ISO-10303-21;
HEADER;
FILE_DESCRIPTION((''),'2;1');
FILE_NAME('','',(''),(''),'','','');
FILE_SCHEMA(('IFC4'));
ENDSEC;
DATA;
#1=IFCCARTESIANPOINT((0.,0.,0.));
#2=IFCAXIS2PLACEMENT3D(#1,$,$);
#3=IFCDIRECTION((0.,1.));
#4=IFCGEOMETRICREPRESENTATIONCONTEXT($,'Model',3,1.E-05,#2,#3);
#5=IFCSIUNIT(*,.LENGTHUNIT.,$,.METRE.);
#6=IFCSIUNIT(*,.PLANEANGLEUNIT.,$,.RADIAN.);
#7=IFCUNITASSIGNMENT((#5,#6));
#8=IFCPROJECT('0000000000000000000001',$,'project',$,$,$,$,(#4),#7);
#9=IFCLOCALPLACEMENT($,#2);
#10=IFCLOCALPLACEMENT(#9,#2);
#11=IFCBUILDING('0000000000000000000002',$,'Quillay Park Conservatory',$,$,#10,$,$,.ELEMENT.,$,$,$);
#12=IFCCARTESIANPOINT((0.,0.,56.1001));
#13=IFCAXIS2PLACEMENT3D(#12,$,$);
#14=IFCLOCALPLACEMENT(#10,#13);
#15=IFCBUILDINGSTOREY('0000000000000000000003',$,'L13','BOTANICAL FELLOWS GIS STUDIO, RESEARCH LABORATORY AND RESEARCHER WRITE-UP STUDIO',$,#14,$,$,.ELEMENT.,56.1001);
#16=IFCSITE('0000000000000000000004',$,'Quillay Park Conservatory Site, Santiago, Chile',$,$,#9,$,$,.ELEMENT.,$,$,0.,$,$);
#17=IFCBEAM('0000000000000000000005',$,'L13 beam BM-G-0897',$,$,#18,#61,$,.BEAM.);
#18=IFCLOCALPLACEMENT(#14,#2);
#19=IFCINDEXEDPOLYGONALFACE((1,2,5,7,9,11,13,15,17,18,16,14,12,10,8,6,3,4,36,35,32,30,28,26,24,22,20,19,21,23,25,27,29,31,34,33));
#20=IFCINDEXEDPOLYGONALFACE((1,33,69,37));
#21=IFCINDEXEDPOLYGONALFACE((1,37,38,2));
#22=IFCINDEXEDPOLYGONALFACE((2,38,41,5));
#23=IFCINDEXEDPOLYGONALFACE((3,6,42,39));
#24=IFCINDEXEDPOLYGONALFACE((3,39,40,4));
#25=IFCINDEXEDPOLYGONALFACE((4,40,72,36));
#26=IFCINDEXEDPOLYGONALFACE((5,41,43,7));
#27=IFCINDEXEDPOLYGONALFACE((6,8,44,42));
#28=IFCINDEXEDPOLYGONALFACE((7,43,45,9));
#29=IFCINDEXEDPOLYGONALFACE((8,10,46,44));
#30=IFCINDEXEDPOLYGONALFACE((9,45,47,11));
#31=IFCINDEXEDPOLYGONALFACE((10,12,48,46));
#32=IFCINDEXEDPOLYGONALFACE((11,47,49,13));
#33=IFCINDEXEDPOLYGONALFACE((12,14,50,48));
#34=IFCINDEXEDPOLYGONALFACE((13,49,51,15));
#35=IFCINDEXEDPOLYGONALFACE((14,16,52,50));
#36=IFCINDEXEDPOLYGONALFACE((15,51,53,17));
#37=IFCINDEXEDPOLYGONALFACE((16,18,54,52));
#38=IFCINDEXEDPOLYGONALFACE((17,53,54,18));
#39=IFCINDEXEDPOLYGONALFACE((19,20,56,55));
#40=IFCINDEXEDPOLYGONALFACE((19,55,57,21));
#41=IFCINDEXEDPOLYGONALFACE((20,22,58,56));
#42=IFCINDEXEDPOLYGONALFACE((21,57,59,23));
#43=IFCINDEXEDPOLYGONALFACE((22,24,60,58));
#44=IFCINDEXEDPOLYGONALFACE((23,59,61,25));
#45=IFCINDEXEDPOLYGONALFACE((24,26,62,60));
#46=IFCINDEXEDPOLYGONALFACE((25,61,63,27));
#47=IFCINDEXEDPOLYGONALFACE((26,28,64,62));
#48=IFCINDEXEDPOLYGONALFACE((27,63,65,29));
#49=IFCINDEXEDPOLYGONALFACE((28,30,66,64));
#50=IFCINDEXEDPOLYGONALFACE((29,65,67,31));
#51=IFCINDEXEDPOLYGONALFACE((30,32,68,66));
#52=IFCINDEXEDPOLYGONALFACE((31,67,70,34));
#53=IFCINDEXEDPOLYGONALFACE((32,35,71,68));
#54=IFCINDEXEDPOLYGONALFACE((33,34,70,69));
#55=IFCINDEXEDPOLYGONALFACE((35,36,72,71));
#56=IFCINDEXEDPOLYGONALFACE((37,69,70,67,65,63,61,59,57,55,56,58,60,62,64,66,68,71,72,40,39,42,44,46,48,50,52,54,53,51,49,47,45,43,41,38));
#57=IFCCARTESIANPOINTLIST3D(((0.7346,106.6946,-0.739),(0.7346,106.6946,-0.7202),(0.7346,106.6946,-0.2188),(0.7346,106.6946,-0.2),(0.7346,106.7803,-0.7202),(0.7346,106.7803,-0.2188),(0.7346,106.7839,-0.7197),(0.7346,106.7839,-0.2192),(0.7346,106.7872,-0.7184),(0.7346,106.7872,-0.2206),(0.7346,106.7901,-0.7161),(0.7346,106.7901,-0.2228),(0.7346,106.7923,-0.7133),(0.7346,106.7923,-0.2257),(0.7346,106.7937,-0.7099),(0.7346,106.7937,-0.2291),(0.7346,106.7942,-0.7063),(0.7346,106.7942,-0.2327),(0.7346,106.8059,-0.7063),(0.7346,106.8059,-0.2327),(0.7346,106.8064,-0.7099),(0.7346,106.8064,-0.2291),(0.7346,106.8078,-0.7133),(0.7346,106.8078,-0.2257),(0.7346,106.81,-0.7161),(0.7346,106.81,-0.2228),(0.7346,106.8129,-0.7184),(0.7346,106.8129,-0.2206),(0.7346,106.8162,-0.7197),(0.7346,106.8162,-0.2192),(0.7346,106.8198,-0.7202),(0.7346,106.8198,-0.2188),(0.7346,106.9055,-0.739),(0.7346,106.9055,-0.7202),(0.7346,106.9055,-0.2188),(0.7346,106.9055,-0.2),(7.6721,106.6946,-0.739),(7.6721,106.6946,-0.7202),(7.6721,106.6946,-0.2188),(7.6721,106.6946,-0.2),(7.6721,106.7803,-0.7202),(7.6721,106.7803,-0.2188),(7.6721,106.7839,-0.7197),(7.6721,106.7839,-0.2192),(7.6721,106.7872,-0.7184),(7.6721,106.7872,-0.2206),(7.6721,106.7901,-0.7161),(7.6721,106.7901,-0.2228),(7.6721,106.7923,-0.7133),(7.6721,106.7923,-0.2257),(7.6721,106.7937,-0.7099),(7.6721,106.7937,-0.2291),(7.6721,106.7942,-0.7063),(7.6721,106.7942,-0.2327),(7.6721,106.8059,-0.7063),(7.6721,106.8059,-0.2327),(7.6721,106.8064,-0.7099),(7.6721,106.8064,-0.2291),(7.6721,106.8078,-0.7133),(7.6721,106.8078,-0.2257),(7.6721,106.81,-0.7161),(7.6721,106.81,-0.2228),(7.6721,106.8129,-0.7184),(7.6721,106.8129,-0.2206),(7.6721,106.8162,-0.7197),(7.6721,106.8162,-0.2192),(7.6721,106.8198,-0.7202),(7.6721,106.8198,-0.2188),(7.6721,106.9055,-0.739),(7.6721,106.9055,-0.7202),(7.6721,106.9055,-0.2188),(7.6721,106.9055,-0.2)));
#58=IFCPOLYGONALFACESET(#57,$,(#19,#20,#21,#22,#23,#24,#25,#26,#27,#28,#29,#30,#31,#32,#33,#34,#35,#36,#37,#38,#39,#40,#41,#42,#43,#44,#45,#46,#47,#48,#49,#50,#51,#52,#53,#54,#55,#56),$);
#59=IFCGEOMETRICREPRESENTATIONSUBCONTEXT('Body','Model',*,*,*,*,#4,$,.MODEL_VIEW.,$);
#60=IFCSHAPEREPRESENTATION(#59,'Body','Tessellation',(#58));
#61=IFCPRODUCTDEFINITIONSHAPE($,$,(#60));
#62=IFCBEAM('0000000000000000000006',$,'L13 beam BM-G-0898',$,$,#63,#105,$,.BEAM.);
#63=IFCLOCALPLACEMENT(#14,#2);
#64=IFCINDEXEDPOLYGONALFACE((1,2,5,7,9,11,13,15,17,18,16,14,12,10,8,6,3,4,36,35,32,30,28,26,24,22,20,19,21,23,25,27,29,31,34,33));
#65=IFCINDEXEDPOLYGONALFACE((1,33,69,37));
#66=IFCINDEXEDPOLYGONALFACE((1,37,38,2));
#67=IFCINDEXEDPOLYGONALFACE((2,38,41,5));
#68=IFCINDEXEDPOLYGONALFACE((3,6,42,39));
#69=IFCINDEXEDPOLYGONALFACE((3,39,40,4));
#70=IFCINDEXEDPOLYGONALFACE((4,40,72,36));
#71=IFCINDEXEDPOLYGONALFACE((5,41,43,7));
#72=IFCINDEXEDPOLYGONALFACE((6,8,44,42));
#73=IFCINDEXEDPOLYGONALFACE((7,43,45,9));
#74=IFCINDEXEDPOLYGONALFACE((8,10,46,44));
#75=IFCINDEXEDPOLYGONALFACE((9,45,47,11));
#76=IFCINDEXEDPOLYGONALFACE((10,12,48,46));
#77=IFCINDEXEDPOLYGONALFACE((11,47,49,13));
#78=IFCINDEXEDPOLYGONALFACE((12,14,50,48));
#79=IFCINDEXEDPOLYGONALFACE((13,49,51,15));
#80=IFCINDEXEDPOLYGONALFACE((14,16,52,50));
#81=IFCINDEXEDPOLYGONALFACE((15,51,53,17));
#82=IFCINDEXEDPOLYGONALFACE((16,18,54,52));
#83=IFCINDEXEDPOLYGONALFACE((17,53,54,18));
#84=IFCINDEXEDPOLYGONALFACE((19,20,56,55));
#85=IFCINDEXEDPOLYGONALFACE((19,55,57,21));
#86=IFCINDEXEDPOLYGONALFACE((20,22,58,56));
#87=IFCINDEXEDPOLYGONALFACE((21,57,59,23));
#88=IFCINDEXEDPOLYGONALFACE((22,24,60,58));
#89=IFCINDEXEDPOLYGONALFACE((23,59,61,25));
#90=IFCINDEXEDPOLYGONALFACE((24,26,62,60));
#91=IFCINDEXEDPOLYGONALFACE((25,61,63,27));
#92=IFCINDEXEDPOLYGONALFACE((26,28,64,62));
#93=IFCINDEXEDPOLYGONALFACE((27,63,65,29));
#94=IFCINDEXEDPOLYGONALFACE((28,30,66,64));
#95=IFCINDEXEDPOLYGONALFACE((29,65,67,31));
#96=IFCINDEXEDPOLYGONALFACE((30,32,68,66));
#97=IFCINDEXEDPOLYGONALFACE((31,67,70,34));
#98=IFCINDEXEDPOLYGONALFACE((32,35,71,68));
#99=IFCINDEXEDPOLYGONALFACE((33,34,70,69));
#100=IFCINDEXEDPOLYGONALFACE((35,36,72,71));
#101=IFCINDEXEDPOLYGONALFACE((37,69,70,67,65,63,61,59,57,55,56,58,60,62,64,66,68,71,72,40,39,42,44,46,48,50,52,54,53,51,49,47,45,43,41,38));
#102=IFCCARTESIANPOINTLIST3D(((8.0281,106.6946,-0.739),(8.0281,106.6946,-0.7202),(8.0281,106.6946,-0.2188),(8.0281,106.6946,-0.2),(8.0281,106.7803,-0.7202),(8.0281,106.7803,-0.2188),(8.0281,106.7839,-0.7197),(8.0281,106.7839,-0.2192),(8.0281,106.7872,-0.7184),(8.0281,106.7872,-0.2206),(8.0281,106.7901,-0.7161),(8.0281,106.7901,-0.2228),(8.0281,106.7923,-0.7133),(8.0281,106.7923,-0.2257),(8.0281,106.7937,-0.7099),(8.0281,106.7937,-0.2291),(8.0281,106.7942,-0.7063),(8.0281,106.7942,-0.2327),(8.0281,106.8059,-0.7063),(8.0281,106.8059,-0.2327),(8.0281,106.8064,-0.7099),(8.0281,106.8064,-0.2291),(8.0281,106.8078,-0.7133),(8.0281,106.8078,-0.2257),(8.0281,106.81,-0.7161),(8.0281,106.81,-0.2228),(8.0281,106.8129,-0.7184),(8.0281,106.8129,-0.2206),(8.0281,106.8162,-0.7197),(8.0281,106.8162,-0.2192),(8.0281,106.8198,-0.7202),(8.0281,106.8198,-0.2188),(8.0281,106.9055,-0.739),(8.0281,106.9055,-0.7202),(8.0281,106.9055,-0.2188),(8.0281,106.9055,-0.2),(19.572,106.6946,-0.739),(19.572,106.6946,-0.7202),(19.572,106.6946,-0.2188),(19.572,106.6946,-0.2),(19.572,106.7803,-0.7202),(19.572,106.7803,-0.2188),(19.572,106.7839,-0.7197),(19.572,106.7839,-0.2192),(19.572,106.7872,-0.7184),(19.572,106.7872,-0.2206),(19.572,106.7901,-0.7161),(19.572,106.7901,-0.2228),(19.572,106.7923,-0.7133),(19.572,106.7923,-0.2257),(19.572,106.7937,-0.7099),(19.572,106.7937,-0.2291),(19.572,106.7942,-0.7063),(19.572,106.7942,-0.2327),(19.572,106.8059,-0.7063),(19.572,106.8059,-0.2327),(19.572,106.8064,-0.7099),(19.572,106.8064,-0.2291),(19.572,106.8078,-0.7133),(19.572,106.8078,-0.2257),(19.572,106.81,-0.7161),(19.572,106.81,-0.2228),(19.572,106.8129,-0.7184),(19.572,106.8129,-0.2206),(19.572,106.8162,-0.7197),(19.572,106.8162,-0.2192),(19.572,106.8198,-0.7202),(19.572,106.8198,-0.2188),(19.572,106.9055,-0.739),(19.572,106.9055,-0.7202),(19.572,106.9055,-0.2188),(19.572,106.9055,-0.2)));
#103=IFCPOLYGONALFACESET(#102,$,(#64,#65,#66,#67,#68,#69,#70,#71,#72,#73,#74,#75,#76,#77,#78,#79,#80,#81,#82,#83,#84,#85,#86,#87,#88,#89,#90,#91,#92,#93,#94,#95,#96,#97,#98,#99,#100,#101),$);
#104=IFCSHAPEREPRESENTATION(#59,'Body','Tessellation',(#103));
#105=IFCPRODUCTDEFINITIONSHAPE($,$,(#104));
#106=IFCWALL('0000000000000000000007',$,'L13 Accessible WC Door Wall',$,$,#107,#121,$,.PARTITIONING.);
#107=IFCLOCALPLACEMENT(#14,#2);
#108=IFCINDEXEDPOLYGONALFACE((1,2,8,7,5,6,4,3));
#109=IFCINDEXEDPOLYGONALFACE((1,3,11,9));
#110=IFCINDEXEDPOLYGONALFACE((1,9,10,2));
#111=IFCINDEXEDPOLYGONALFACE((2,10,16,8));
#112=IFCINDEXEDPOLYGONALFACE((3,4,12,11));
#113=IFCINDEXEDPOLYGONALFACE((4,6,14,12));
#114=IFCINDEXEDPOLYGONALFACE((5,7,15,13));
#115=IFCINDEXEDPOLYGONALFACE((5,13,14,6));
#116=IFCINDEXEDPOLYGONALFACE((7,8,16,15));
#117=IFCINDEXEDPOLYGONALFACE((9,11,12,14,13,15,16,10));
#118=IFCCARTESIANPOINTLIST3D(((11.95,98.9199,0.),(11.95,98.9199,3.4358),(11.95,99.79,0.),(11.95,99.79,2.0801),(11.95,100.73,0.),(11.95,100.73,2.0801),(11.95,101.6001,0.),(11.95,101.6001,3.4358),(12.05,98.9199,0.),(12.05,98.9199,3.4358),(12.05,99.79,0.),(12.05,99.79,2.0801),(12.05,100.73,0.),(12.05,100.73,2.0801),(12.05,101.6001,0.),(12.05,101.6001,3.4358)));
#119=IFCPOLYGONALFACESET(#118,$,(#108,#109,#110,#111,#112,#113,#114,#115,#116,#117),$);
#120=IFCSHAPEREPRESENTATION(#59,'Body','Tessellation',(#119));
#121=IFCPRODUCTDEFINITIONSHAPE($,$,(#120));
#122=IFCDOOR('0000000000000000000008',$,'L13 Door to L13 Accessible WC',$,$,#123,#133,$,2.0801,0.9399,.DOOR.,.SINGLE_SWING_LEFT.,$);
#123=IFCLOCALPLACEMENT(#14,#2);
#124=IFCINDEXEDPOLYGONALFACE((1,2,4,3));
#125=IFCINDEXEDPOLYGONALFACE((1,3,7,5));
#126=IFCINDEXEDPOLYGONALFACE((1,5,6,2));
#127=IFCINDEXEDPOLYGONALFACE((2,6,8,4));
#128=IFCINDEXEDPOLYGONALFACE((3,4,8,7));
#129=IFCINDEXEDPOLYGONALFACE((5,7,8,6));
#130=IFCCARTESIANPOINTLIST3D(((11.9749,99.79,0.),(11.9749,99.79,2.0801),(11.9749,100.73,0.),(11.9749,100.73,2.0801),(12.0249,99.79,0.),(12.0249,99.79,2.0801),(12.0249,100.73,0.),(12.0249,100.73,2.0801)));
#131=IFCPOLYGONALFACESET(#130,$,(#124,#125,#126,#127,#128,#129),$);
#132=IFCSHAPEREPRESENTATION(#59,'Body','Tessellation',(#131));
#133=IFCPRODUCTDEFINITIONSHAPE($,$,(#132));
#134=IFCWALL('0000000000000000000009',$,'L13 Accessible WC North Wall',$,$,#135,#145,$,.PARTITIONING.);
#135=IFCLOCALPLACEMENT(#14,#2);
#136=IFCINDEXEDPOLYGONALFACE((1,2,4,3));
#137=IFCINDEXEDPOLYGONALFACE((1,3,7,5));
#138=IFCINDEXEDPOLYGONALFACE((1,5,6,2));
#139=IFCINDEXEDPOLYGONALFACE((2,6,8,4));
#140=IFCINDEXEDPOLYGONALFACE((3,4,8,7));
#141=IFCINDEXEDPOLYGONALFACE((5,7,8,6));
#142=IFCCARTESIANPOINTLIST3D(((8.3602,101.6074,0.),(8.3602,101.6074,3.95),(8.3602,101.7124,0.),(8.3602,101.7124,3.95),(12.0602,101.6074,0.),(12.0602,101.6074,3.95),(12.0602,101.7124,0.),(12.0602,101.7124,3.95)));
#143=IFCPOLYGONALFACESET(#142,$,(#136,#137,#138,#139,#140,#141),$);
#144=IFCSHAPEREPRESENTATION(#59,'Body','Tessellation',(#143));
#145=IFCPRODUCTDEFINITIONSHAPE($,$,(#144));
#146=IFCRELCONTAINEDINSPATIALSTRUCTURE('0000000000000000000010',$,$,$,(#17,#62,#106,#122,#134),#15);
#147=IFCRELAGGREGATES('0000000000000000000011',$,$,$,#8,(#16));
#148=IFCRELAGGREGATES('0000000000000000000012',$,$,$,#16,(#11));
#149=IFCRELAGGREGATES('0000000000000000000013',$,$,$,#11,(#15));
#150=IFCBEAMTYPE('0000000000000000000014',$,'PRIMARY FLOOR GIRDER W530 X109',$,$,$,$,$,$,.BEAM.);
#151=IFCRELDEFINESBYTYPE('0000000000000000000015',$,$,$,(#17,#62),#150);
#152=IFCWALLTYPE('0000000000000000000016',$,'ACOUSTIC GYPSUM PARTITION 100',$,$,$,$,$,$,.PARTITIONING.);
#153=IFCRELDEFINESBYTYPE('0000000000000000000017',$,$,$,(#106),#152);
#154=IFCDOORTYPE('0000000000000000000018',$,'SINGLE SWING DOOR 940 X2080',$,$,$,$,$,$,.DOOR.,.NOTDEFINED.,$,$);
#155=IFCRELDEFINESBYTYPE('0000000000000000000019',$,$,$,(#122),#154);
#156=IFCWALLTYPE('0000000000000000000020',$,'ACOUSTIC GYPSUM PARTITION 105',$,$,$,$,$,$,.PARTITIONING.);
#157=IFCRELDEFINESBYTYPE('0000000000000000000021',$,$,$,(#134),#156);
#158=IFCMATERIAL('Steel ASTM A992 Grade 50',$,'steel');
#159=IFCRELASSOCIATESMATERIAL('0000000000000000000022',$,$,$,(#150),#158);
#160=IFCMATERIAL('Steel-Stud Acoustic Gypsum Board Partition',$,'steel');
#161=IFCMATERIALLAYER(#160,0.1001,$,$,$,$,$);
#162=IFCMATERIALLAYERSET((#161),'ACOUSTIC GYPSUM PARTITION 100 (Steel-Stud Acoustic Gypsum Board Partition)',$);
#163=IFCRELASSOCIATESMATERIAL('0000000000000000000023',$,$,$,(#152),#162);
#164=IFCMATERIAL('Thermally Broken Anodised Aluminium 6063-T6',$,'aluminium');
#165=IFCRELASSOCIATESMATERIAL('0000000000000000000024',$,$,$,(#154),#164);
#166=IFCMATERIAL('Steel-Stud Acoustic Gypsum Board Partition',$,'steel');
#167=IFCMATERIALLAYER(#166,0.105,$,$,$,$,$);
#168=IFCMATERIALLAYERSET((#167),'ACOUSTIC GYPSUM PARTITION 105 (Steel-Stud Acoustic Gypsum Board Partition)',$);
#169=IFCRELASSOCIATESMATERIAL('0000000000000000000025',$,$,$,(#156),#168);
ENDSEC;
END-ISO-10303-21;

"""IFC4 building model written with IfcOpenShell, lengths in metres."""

from ifc_helpers import new_model, si_unit, direction, frame, frame_2d, origin, origin_2d, place, context, subcontext, project, spatial, rectangle, i_section, extrude, material, layer, layer_set, material_profile, profile_set, type_object, element, fill, save


model = new_model("IFC4")

# Units and contexts
model_context = context("Model", 3, precision=1e-05, world=origin(), true_north=direction((0.0, 1.0)))
body_context = subcontext(model_context, "Body", "Model", "MODEL_VIEW")
ifc_project = project(units=[si_unit("LENGTHUNIT", "METRE"), si_unit("PLANEANGLEUNIT", "RADIAN")], contexts=[model_context])

# Site, building, storey
site_placement = place(None, origin())
site = spatial("IfcSite", under=ifc_project, at=site_placement, Name="Quillay Park Conservatory Site, Santiago, Chile", CompositionType="ELEMENT", RefElevation=0.0)
building_placement = place(site_placement, origin())
building = spatial("IfcBuilding", under=site, at=building_placement, Name="Quillay Park Conservatory", CompositionType="ELEMENT")
storey_placement = place(building_placement, frame((0.0, 0.0, 56.1001)))
storey = spatial("IfcBuildingStorey", under=building, at=storey_placement, Name="L13", Description="BOTANICAL FELLOWS GIS STUDIO, RESEARCH LABORATORY AND RESEARCHER WRITE-UP STUDIO", CompositionType="ELEMENT", Elevation=56.1001)

# Beams
ifc_material_1 = material(Name="Steel ASTM A992 Grade 50", Category="steel")
ifc_material_profile_1 = material_profile(ifc_material_1, i_section(OverallWidth=0.2109, OverallDepth=0.5391, WebThickness=0.0117, FlangeThickness=0.0188, FilletRadius=0.0139, at=origin_2d()), Name="W530x109")
ifc_profile_set_1 = profile_set([ifc_material_profile_1], Name="Steel ASTM A992 Grade 50")
beam_type_1 = type_object("IfcBeamType", Name="PRIMARY FLOOR GIRDER W530 X109", PredefinedType="BEAM", material=ifc_profile_set_1)
beam_1_placement = place(storey_placement, frame((0.7346, 106.8, -0.4695), z_axis=(1.0, 0.0, 0.0), x_axis=(0.0, 1.0, 0.0)))
element("IfcBeam", 1, at=beam_1_placement, inside=storey, type_object=beam_type_1, Name="L13 beam BM-G-0897", PredefinedType="BEAM", context=body_context, shape_type="SweptSolid", body=[
    extrude(i_section(OverallWidth=0.2109, OverallDepth=0.5391, WebThickness=0.0117, FlangeThickness=0.0188, FilletRadius=0.0139, at=origin_2d()), origin(), (0.0, 0.0, 1.0), 6.9375),
])
beam_2_placement = place(storey_placement, frame((8.0281, 106.8, -0.4695), z_axis=(1.0, 0.0, 0.0), x_axis=(0.0, 1.0, 0.0)))
element("IfcBeam", 2, at=beam_2_placement, inside=storey, type_object=beam_type_1, Name="L13 beam BM-G-0898", PredefinedType="BEAM", context=body_context, shape_type="SweptSolid", body=[
    extrude(i_section(OverallWidth=0.2109, OverallDepth=0.5391, WebThickness=0.0117, FlangeThickness=0.0188, FilletRadius=0.0139, at=origin_2d()), origin(), (0.0, 0.0, 1.0), 11.5439),
])

# Wall, opening, door
ifc_material_2 = material(Name="Steel-Stud Acoustic Gypsum Board Partition", Category="steel")
ifc_layer_1 = layer(ifc_material_2, 0.1001)
ifc_layer_set_1 = layer_set([ifc_layer_1], Name="ACOUSTIC GYPSUM PARTITION 100 (Steel-Stud Acoustic Gypsum Board Partition)")
wall_type_1 = type_object("IfcWallType", Name="ACOUSTIC GYPSUM PARTITION 100", PredefinedType="PARTITIONING", material=ifc_layer_set_1)
wall_1_placement = place(storey_placement, frame((12.0, 101.6001, 0.0), z_axis=(0.0, 0.0, 1.0), x_axis=(0.0, -1.0, 0.0)))
wall_1 = element("IfcWall", 3, at=wall_1_placement, inside=storey, type_object=wall_type_1, Name="L13 Accessible WC Door Wall", PredefinedType="PARTITIONING", context=body_context, shape_type="SweptSolid", body=[
    extrude(rectangle(XDim=2.6802, YDim=0.1001, at=frame_2d((1.3401, 0.0))), origin(), (0.0, 0.0, 1.0), 3.4358),
])
opening_1_placement = place(wall_1_placement, frame((0.8701, 0.0, 0.0)))
opening_1 = element("IfcOpeningElement", 4, at=opening_1_placement, cuts=wall_1, PredefinedType="OPENING", context=body_context, shape_type="SweptSolid", body=[
    extrude(rectangle(XDim=0.9399, YDim=2.0801, at=frame_2d((0.47, 1.04))), frame((0.0, 0.05, 0.0), z_axis=(0.0, -1.0, 0.0), x_axis=(1.0, 0.0, 0.0)), (0.0, 0.0, 1.0), 0.1001),
])
ifc_material_3 = material(Name="Thermally Broken Anodised Aluminium 6063-T6", Category="aluminium")
door_type_1 = type_object("IfcDoorType", Name="SINGLE SWING DOOR 940 X2080", OperationType="NOTDEFINED", PredefinedType="DOOR", material=ifc_material_3)
door_1_placement = place(opening_1_placement, origin())
door_1 = element("IfcDoor", 5, at=door_1_placement, inside=storey, type_object=door_type_1, Name="L13 Door to L13 Accessible WC", OperationType="SINGLE_SWING_LEFT", OverallHeight=2.0801, OverallWidth=0.9399, PredefinedType="DOOR", context=body_context, shape_type="SweptSolid", body=[
    extrude(rectangle(XDim=0.9399, YDim=2.0801, at=frame_2d((0.47, 1.04))), frame((0.0, 0.0249, 0.0), z_axis=(0.0, -1.0, 0.0), x_axis=(1.0, 0.0, 0.0)), (0.0, 0.0, 1.0), 0.05),
])
fill(opening_1, door_1)

# Wall
ifc_material_4 = material(Name="Steel-Stud Acoustic Gypsum Board Partition", Category="steel")
ifc_layer_2 = layer(ifc_material_4, 0.105)
ifc_layer_set_2 = layer_set([ifc_layer_2], Name="ACOUSTIC GYPSUM PARTITION 105 (Steel-Stud Acoustic Gypsum Board Partition)")
wall_type_2 = type_object("IfcWallType", Name="ACOUSTIC GYPSUM PARTITION 105", PredefinedType="PARTITIONING", material=ifc_layer_set_2)
wall_2_placement = place(storey_placement, frame((8.3601, 101.6599, 0.0), z_axis=(0.0, 0.0, 1.0), x_axis=(1.0, 0.0, 0.0)))
element("IfcWall", 6, at=wall_2_placement, inside=storey, type_object=wall_type_2, Name="L13 Accessible WC North Wall", PredefinedType="PARTITIONING", context=body_context, shape_type="SweptSolid", body=[
    extrude(rectangle(XDim=3.7, YDim=0.105, at=frame_2d((1.8501, 0.0))), origin(), (0.0, 0.0, 1.0), 3.95),
])

save(model, "model.ifc")
